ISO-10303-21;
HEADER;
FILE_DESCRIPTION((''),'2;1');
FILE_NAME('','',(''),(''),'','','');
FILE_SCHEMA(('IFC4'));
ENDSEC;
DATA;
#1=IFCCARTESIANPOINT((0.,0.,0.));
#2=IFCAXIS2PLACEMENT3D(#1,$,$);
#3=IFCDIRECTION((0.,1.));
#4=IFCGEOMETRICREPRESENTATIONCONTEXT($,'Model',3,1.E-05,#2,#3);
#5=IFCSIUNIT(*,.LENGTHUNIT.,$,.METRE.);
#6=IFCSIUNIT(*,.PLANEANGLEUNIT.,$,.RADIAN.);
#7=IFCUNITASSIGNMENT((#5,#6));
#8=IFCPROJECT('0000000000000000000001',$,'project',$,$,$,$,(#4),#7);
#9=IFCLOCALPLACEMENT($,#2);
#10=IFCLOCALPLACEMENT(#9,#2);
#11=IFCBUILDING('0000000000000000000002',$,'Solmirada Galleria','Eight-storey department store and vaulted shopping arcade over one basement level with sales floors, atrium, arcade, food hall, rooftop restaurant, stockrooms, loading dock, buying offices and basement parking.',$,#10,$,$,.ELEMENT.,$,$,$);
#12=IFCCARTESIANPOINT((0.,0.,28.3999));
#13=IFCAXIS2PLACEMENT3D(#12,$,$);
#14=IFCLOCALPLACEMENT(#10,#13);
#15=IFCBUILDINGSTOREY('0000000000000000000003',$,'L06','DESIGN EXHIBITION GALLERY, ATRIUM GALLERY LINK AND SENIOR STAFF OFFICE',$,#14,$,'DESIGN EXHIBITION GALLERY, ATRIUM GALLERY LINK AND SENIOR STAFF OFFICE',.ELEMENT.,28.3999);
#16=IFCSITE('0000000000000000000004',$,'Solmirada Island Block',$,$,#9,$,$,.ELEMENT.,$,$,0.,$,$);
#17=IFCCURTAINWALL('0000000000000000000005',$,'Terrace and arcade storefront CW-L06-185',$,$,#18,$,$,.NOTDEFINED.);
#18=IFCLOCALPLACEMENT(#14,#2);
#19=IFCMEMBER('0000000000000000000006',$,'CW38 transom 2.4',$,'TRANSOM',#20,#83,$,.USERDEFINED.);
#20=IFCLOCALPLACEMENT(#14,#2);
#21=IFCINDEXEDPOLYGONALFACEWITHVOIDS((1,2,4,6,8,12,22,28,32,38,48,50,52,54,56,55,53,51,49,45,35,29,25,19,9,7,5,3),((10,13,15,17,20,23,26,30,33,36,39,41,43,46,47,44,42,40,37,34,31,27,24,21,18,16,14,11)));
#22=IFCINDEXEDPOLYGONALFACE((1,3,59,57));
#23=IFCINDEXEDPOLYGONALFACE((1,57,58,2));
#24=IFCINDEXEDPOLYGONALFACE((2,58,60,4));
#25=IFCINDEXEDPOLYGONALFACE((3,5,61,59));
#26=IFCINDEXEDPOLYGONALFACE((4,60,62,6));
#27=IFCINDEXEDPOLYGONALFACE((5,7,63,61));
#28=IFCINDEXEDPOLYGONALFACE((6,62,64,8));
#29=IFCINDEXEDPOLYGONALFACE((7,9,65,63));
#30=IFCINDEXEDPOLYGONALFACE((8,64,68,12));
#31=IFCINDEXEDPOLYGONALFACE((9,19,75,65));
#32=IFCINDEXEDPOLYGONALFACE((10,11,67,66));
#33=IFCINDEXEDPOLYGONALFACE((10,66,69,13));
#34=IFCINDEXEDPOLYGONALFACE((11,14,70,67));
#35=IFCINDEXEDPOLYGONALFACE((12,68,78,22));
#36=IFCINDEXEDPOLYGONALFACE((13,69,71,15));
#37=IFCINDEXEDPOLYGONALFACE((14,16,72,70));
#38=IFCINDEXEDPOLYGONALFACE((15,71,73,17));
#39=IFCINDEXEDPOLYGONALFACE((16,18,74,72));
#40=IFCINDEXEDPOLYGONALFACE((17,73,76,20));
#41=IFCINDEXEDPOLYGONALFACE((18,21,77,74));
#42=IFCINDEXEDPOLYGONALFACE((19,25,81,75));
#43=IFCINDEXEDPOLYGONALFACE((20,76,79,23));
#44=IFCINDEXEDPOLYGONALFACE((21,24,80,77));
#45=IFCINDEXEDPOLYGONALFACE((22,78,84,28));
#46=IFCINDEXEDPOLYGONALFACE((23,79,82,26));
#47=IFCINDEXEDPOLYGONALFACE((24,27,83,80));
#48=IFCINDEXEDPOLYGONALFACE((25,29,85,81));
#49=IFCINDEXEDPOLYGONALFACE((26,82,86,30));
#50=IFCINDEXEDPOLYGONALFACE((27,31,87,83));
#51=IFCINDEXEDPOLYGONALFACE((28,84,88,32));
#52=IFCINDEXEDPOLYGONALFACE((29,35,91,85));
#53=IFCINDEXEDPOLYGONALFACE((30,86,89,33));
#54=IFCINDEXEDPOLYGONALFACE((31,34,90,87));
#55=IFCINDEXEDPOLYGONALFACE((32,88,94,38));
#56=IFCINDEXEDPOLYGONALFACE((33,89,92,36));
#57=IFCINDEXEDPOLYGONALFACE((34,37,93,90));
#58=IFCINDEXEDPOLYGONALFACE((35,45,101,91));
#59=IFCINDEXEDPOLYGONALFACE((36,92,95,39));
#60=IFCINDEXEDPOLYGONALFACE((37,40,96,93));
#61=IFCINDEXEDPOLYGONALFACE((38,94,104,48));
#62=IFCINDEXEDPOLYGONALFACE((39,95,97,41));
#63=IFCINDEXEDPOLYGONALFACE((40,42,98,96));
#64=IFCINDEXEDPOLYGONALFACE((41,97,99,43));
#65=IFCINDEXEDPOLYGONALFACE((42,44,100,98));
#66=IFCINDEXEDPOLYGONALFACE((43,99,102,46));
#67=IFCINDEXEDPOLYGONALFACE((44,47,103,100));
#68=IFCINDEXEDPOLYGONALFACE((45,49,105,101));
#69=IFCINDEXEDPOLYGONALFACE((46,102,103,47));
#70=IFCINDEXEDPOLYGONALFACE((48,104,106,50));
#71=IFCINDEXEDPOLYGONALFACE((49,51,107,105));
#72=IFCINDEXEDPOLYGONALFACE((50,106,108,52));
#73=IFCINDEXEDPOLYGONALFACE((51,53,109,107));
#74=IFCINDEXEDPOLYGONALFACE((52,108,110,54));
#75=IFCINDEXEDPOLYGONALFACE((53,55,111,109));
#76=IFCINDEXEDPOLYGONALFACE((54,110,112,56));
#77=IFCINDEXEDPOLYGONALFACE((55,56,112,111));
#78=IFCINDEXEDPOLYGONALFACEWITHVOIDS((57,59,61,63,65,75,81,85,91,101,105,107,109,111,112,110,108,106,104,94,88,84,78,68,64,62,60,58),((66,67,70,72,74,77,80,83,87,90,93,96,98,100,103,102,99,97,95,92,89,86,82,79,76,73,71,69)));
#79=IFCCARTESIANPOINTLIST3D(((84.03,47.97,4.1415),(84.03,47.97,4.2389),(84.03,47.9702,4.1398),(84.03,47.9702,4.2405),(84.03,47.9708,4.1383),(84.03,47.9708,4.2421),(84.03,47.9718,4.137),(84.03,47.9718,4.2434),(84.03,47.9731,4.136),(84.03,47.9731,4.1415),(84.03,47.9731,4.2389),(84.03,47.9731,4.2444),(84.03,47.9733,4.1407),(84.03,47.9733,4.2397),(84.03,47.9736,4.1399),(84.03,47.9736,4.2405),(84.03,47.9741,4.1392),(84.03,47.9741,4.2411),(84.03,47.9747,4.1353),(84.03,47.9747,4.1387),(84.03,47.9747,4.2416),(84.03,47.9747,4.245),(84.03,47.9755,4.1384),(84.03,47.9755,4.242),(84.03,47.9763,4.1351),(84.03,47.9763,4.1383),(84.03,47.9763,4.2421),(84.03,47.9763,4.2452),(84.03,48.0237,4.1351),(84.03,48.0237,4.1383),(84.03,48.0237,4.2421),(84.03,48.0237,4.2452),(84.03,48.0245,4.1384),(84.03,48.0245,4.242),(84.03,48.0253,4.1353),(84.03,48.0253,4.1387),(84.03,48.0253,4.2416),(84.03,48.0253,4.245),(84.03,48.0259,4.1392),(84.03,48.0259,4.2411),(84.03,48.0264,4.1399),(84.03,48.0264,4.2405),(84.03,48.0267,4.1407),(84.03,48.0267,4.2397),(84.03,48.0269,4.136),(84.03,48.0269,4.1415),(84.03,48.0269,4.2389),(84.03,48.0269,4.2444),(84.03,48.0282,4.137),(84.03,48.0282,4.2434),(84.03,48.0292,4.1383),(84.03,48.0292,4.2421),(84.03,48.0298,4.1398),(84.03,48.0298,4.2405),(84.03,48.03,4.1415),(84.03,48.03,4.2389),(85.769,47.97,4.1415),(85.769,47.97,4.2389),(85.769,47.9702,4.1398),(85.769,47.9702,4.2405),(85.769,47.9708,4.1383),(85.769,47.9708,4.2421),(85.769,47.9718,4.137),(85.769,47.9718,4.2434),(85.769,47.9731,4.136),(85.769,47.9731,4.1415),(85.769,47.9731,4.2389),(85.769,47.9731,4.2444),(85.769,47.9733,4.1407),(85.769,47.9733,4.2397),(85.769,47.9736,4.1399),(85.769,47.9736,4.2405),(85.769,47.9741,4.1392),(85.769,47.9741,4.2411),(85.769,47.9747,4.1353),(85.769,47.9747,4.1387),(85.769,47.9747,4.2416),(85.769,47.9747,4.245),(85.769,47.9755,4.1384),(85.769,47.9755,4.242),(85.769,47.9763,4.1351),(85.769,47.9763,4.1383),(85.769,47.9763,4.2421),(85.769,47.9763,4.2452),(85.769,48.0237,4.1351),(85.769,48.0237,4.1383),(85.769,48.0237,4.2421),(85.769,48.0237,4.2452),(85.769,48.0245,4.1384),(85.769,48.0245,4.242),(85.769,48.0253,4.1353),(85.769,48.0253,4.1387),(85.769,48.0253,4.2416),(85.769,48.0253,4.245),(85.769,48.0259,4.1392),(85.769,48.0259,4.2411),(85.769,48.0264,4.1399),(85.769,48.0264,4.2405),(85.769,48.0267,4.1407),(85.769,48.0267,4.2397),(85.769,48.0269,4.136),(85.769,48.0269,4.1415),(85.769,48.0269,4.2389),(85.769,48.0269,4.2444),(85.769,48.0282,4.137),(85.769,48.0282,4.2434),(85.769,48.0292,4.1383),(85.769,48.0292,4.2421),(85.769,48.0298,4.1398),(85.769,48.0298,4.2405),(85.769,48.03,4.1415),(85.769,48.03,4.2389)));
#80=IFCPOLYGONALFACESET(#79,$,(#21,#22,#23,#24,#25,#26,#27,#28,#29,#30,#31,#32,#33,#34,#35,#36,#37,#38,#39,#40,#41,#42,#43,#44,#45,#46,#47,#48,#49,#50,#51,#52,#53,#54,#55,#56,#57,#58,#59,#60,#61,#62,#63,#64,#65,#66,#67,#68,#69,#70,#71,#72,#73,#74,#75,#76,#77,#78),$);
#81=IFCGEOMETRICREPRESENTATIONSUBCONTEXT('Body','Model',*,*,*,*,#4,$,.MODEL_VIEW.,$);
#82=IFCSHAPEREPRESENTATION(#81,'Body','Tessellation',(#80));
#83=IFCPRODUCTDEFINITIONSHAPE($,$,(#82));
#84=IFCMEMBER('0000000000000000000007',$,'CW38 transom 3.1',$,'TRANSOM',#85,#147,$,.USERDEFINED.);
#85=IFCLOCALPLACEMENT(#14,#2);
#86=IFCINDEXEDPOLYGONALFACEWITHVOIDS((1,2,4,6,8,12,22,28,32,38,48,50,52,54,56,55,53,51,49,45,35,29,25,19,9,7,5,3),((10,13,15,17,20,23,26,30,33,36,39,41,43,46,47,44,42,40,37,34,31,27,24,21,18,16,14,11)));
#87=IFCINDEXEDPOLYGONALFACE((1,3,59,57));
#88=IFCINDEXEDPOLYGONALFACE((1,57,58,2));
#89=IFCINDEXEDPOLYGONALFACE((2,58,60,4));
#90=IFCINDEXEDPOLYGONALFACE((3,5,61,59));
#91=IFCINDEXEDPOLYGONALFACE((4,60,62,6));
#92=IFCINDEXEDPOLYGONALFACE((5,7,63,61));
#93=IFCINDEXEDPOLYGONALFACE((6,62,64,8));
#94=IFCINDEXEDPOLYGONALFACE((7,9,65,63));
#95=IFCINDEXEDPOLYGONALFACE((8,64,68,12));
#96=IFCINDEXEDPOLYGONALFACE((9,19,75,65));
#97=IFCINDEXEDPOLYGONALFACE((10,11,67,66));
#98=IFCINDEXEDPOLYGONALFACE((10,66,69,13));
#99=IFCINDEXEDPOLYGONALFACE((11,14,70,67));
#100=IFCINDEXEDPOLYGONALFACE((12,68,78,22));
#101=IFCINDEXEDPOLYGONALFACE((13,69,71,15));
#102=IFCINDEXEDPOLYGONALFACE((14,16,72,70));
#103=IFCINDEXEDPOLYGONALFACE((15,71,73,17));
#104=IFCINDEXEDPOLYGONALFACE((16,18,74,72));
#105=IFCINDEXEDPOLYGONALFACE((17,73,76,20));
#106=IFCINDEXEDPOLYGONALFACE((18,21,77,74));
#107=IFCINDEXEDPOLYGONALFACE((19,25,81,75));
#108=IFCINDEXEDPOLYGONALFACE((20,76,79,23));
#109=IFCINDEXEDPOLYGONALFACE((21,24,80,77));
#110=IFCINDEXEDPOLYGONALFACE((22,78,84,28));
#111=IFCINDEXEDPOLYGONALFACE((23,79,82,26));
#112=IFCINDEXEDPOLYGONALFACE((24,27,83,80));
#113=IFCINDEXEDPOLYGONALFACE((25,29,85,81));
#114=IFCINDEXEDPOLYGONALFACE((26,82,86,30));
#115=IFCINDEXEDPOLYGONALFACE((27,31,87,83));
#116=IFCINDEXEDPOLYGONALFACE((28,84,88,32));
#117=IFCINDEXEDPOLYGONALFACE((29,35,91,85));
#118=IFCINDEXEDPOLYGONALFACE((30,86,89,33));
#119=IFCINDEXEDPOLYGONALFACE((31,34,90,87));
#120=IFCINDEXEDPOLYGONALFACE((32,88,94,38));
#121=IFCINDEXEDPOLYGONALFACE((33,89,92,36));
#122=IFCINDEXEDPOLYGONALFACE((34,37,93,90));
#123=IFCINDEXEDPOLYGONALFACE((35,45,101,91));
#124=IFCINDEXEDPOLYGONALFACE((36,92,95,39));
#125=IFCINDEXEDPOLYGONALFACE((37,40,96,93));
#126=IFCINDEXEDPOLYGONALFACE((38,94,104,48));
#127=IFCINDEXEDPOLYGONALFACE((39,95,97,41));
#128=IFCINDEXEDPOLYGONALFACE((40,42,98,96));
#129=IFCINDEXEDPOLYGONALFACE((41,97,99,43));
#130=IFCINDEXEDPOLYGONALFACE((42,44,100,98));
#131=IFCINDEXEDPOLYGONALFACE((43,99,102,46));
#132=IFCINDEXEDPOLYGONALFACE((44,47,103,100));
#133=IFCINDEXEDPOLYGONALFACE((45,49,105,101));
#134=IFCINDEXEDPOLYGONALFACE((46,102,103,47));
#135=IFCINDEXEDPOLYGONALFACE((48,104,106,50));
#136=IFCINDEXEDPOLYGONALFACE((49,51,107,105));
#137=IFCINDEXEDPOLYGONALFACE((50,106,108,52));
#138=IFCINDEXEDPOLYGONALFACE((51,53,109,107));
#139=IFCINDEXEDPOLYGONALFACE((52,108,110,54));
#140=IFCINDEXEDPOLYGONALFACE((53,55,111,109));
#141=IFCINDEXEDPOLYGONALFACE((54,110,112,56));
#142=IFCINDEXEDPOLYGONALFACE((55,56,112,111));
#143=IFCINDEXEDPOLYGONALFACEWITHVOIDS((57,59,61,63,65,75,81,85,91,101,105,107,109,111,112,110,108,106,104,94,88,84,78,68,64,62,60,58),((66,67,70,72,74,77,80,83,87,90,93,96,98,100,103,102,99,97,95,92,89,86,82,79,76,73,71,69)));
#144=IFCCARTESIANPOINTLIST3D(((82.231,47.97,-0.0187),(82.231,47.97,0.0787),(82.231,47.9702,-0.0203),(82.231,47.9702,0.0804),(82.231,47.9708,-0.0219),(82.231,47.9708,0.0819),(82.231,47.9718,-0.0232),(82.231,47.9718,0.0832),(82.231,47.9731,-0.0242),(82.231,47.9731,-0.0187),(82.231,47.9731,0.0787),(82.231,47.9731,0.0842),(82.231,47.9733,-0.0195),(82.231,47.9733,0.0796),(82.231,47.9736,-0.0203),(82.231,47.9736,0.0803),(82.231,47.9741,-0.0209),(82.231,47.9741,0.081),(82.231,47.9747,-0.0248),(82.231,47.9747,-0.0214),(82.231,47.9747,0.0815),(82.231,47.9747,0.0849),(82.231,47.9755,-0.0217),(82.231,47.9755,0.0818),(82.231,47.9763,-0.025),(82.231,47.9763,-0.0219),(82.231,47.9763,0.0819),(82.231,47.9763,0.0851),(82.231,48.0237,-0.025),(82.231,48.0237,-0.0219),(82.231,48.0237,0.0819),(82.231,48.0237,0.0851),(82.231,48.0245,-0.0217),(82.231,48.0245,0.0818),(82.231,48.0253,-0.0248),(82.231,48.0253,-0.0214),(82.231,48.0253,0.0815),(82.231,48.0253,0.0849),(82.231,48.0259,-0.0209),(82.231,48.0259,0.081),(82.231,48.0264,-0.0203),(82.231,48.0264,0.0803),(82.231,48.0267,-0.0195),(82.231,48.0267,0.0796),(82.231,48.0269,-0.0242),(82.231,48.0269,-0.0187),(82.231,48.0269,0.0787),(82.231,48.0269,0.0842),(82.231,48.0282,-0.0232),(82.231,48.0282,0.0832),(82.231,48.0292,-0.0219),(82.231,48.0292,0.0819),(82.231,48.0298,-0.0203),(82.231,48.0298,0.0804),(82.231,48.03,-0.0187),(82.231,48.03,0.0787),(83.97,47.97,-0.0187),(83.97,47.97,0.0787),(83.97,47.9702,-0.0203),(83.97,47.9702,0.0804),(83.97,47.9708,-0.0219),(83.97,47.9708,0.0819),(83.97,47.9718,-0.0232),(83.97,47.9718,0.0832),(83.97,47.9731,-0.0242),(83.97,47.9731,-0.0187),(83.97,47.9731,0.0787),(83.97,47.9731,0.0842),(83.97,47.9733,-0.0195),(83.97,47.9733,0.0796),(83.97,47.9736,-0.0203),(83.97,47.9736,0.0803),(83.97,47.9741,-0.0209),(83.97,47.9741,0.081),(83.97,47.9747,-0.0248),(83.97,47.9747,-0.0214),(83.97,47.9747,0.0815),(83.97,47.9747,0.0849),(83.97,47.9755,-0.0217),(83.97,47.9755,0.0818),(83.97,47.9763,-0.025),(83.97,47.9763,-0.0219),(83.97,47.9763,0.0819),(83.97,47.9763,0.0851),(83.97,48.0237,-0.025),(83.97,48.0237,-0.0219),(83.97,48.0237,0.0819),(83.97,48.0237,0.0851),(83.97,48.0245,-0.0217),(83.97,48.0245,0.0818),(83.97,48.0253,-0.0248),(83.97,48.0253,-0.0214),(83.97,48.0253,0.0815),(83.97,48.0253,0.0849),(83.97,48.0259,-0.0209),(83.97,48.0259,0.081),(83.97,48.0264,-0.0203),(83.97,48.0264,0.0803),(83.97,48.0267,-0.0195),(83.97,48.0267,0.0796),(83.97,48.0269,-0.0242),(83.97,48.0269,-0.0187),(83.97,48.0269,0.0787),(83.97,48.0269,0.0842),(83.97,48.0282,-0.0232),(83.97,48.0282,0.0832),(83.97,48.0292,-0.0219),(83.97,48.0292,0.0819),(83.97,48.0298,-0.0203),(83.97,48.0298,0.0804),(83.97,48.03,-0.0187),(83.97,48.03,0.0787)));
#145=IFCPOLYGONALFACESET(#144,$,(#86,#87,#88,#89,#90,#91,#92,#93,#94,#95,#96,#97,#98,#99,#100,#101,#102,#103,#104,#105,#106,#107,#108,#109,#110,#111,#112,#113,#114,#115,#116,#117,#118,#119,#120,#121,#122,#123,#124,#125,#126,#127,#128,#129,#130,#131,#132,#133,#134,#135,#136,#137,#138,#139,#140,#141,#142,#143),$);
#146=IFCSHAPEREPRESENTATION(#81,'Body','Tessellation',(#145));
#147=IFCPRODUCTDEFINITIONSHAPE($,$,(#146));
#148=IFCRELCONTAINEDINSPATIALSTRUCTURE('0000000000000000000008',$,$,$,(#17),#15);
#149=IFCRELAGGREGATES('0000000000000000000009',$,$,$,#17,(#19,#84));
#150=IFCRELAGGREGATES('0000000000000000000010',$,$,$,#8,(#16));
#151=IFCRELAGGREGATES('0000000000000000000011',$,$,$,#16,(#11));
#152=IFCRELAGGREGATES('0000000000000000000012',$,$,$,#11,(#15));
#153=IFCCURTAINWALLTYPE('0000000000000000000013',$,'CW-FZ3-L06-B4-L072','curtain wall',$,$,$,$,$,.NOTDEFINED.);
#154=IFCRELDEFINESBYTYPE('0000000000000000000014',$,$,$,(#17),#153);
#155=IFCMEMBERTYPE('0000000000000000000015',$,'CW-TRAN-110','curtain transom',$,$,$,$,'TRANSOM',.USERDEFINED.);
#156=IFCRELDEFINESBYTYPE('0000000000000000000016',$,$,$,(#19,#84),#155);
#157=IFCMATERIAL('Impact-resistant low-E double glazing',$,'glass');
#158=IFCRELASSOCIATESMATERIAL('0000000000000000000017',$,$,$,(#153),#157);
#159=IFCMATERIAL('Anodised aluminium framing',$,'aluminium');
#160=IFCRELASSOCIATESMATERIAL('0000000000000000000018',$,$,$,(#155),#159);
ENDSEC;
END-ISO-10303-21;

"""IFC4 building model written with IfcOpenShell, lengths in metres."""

from ifc_helpers import new_model, si_unit, direction, frame, origin, origin_2d, place, context, subcontext, project, spatial, hollow_rectangle, extrude, material, material_profile, profile_set, type_object, element, aggregate, save


model = new_model("IFC4")

# Units and contexts
model_context = context("Model", 3, precision=1e-05, world=origin(), true_north=direction((0.0, 1.0)))
body_context = subcontext(model_context, "Body", "Model", "MODEL_VIEW")
ifc_project = project(units=[si_unit("LENGTHUNIT", "METRE"), si_unit("PLANEANGLEUNIT", "RADIAN")], contexts=[model_context])

# Site, building, storey
site_placement = place(None, origin())
site = spatial("IfcSite", under=ifc_project, at=site_placement, Name="Solmirada Island Block", CompositionType="ELEMENT", RefElevation=0.0)
building_placement = place(site_placement, origin())
building = spatial("IfcBuilding", under=site, at=building_placement, Name="Solmirada Galleria", Description="Eight-storey department store and vaulted shopping arcade over one basement level with sales floors, atrium, arcade, food hall, rooftop restaurant, stockrooms, loading dock, buying offices and basement parking.", CompositionType="ELEMENT")
storey_placement = place(building_placement, frame((0.0, 0.0, 28.3999)))
storey = spatial("IfcBuildingStorey", under=building, at=storey_placement, Name="L06", Description="DESIGN EXHIBITION GALLERY, ATRIUM GALLERY LINK AND SENIOR STAFF OFFICE", LongName="DESIGN EXHIBITION GALLERY, ATRIUM GALLERY LINK AND SENIOR STAFF OFFICE", CompositionType="ELEMENT", Elevation=28.3999)

# Curtain wall, members
ifc_material_1 = material(Name="Impact-resistant low-E double glazing", Category="glass")
curtain_wall_type = type_object("IfcCurtainWallType", Name="CW-FZ3-L06-B4-L072", Description="curtain wall", PredefinedType="NOTDEFINED", material=ifc_material_1)
curtain_wall_placement = place(storey_placement, origin())
curtain_wall = element("IfcCurtainWall", 1, at=curtain_wall_placement, inside=storey, type_object=curtain_wall_type, Name="Terrace and arcade storefront CW-L06-185", PredefinedType="NOTDEFINED")
ifc_material_2 = material(Name="Anodised aluminium framing", Category="aluminium")
ifc_material_profile_1 = material_profile(ifc_material_2, hollow_rectangle(XDim=0.0601, YDim=0.1101, WallThickness=0.0032, InnerFilletRadius=0.0032, OuterFilletRadius=0.0063, at=origin_2d()), Name="ALU-TRAN-110X60")
ifc_profile_set_1 = profile_set([ifc_material_profile_1], Name="Anodised aluminium framing")
member_type_1 = type_object("IfcMemberType", Name="CW-TRAN-110", Description="curtain transom", ElementType="TRANSOM", PredefinedType="USERDEFINED", material=ifc_profile_set_1)
member_1_placement = place(storey_placement, frame((85.769, 48.0, 4.1902), z_axis=(-1.0, 0.0, 0.0), x_axis=(0.0, -1.0, 0.0)))
member_1 = element("IfcMember", 2, at=member_1_placement, type_object=member_type_1, Name="CW38 transom 2.4", ObjectType="TRANSOM", PredefinedType="USERDEFINED", context=body_context, shape_type="SweptSolid", body=[
    extrude(hollow_rectangle(XDim=0.0601, YDim=0.1101, WallThickness=0.0032, InnerFilletRadius=0.0032, OuterFilletRadius=0.0063, at=origin_2d()), origin(), (0.0, 0.0, 1.0), 1.739),
])
member_2_placement = place(storey_placement, frame((83.97, 48.0, 0.03), z_axis=(-1.0, 0.0, 0.0), x_axis=(0.0, -1.0, 0.0)))
member_2 = element("IfcMember", 3, at=member_2_placement, type_object=member_type_1, Name="CW38 transom 3.1", ObjectType="TRANSOM", PredefinedType="USERDEFINED", context=body_context, shape_type="SweptSolid", body=[
    extrude(hollow_rectangle(XDim=0.0601, YDim=0.1101, WallThickness=0.0032, InnerFilletRadius=0.0032, OuterFilletRadius=0.0063, at=origin_2d()), origin(), (0.0, 0.0, 1.0), 1.739),
])
aggregate(curtain_wall, [member_1, member_2])

save(model, "model.ifc")
